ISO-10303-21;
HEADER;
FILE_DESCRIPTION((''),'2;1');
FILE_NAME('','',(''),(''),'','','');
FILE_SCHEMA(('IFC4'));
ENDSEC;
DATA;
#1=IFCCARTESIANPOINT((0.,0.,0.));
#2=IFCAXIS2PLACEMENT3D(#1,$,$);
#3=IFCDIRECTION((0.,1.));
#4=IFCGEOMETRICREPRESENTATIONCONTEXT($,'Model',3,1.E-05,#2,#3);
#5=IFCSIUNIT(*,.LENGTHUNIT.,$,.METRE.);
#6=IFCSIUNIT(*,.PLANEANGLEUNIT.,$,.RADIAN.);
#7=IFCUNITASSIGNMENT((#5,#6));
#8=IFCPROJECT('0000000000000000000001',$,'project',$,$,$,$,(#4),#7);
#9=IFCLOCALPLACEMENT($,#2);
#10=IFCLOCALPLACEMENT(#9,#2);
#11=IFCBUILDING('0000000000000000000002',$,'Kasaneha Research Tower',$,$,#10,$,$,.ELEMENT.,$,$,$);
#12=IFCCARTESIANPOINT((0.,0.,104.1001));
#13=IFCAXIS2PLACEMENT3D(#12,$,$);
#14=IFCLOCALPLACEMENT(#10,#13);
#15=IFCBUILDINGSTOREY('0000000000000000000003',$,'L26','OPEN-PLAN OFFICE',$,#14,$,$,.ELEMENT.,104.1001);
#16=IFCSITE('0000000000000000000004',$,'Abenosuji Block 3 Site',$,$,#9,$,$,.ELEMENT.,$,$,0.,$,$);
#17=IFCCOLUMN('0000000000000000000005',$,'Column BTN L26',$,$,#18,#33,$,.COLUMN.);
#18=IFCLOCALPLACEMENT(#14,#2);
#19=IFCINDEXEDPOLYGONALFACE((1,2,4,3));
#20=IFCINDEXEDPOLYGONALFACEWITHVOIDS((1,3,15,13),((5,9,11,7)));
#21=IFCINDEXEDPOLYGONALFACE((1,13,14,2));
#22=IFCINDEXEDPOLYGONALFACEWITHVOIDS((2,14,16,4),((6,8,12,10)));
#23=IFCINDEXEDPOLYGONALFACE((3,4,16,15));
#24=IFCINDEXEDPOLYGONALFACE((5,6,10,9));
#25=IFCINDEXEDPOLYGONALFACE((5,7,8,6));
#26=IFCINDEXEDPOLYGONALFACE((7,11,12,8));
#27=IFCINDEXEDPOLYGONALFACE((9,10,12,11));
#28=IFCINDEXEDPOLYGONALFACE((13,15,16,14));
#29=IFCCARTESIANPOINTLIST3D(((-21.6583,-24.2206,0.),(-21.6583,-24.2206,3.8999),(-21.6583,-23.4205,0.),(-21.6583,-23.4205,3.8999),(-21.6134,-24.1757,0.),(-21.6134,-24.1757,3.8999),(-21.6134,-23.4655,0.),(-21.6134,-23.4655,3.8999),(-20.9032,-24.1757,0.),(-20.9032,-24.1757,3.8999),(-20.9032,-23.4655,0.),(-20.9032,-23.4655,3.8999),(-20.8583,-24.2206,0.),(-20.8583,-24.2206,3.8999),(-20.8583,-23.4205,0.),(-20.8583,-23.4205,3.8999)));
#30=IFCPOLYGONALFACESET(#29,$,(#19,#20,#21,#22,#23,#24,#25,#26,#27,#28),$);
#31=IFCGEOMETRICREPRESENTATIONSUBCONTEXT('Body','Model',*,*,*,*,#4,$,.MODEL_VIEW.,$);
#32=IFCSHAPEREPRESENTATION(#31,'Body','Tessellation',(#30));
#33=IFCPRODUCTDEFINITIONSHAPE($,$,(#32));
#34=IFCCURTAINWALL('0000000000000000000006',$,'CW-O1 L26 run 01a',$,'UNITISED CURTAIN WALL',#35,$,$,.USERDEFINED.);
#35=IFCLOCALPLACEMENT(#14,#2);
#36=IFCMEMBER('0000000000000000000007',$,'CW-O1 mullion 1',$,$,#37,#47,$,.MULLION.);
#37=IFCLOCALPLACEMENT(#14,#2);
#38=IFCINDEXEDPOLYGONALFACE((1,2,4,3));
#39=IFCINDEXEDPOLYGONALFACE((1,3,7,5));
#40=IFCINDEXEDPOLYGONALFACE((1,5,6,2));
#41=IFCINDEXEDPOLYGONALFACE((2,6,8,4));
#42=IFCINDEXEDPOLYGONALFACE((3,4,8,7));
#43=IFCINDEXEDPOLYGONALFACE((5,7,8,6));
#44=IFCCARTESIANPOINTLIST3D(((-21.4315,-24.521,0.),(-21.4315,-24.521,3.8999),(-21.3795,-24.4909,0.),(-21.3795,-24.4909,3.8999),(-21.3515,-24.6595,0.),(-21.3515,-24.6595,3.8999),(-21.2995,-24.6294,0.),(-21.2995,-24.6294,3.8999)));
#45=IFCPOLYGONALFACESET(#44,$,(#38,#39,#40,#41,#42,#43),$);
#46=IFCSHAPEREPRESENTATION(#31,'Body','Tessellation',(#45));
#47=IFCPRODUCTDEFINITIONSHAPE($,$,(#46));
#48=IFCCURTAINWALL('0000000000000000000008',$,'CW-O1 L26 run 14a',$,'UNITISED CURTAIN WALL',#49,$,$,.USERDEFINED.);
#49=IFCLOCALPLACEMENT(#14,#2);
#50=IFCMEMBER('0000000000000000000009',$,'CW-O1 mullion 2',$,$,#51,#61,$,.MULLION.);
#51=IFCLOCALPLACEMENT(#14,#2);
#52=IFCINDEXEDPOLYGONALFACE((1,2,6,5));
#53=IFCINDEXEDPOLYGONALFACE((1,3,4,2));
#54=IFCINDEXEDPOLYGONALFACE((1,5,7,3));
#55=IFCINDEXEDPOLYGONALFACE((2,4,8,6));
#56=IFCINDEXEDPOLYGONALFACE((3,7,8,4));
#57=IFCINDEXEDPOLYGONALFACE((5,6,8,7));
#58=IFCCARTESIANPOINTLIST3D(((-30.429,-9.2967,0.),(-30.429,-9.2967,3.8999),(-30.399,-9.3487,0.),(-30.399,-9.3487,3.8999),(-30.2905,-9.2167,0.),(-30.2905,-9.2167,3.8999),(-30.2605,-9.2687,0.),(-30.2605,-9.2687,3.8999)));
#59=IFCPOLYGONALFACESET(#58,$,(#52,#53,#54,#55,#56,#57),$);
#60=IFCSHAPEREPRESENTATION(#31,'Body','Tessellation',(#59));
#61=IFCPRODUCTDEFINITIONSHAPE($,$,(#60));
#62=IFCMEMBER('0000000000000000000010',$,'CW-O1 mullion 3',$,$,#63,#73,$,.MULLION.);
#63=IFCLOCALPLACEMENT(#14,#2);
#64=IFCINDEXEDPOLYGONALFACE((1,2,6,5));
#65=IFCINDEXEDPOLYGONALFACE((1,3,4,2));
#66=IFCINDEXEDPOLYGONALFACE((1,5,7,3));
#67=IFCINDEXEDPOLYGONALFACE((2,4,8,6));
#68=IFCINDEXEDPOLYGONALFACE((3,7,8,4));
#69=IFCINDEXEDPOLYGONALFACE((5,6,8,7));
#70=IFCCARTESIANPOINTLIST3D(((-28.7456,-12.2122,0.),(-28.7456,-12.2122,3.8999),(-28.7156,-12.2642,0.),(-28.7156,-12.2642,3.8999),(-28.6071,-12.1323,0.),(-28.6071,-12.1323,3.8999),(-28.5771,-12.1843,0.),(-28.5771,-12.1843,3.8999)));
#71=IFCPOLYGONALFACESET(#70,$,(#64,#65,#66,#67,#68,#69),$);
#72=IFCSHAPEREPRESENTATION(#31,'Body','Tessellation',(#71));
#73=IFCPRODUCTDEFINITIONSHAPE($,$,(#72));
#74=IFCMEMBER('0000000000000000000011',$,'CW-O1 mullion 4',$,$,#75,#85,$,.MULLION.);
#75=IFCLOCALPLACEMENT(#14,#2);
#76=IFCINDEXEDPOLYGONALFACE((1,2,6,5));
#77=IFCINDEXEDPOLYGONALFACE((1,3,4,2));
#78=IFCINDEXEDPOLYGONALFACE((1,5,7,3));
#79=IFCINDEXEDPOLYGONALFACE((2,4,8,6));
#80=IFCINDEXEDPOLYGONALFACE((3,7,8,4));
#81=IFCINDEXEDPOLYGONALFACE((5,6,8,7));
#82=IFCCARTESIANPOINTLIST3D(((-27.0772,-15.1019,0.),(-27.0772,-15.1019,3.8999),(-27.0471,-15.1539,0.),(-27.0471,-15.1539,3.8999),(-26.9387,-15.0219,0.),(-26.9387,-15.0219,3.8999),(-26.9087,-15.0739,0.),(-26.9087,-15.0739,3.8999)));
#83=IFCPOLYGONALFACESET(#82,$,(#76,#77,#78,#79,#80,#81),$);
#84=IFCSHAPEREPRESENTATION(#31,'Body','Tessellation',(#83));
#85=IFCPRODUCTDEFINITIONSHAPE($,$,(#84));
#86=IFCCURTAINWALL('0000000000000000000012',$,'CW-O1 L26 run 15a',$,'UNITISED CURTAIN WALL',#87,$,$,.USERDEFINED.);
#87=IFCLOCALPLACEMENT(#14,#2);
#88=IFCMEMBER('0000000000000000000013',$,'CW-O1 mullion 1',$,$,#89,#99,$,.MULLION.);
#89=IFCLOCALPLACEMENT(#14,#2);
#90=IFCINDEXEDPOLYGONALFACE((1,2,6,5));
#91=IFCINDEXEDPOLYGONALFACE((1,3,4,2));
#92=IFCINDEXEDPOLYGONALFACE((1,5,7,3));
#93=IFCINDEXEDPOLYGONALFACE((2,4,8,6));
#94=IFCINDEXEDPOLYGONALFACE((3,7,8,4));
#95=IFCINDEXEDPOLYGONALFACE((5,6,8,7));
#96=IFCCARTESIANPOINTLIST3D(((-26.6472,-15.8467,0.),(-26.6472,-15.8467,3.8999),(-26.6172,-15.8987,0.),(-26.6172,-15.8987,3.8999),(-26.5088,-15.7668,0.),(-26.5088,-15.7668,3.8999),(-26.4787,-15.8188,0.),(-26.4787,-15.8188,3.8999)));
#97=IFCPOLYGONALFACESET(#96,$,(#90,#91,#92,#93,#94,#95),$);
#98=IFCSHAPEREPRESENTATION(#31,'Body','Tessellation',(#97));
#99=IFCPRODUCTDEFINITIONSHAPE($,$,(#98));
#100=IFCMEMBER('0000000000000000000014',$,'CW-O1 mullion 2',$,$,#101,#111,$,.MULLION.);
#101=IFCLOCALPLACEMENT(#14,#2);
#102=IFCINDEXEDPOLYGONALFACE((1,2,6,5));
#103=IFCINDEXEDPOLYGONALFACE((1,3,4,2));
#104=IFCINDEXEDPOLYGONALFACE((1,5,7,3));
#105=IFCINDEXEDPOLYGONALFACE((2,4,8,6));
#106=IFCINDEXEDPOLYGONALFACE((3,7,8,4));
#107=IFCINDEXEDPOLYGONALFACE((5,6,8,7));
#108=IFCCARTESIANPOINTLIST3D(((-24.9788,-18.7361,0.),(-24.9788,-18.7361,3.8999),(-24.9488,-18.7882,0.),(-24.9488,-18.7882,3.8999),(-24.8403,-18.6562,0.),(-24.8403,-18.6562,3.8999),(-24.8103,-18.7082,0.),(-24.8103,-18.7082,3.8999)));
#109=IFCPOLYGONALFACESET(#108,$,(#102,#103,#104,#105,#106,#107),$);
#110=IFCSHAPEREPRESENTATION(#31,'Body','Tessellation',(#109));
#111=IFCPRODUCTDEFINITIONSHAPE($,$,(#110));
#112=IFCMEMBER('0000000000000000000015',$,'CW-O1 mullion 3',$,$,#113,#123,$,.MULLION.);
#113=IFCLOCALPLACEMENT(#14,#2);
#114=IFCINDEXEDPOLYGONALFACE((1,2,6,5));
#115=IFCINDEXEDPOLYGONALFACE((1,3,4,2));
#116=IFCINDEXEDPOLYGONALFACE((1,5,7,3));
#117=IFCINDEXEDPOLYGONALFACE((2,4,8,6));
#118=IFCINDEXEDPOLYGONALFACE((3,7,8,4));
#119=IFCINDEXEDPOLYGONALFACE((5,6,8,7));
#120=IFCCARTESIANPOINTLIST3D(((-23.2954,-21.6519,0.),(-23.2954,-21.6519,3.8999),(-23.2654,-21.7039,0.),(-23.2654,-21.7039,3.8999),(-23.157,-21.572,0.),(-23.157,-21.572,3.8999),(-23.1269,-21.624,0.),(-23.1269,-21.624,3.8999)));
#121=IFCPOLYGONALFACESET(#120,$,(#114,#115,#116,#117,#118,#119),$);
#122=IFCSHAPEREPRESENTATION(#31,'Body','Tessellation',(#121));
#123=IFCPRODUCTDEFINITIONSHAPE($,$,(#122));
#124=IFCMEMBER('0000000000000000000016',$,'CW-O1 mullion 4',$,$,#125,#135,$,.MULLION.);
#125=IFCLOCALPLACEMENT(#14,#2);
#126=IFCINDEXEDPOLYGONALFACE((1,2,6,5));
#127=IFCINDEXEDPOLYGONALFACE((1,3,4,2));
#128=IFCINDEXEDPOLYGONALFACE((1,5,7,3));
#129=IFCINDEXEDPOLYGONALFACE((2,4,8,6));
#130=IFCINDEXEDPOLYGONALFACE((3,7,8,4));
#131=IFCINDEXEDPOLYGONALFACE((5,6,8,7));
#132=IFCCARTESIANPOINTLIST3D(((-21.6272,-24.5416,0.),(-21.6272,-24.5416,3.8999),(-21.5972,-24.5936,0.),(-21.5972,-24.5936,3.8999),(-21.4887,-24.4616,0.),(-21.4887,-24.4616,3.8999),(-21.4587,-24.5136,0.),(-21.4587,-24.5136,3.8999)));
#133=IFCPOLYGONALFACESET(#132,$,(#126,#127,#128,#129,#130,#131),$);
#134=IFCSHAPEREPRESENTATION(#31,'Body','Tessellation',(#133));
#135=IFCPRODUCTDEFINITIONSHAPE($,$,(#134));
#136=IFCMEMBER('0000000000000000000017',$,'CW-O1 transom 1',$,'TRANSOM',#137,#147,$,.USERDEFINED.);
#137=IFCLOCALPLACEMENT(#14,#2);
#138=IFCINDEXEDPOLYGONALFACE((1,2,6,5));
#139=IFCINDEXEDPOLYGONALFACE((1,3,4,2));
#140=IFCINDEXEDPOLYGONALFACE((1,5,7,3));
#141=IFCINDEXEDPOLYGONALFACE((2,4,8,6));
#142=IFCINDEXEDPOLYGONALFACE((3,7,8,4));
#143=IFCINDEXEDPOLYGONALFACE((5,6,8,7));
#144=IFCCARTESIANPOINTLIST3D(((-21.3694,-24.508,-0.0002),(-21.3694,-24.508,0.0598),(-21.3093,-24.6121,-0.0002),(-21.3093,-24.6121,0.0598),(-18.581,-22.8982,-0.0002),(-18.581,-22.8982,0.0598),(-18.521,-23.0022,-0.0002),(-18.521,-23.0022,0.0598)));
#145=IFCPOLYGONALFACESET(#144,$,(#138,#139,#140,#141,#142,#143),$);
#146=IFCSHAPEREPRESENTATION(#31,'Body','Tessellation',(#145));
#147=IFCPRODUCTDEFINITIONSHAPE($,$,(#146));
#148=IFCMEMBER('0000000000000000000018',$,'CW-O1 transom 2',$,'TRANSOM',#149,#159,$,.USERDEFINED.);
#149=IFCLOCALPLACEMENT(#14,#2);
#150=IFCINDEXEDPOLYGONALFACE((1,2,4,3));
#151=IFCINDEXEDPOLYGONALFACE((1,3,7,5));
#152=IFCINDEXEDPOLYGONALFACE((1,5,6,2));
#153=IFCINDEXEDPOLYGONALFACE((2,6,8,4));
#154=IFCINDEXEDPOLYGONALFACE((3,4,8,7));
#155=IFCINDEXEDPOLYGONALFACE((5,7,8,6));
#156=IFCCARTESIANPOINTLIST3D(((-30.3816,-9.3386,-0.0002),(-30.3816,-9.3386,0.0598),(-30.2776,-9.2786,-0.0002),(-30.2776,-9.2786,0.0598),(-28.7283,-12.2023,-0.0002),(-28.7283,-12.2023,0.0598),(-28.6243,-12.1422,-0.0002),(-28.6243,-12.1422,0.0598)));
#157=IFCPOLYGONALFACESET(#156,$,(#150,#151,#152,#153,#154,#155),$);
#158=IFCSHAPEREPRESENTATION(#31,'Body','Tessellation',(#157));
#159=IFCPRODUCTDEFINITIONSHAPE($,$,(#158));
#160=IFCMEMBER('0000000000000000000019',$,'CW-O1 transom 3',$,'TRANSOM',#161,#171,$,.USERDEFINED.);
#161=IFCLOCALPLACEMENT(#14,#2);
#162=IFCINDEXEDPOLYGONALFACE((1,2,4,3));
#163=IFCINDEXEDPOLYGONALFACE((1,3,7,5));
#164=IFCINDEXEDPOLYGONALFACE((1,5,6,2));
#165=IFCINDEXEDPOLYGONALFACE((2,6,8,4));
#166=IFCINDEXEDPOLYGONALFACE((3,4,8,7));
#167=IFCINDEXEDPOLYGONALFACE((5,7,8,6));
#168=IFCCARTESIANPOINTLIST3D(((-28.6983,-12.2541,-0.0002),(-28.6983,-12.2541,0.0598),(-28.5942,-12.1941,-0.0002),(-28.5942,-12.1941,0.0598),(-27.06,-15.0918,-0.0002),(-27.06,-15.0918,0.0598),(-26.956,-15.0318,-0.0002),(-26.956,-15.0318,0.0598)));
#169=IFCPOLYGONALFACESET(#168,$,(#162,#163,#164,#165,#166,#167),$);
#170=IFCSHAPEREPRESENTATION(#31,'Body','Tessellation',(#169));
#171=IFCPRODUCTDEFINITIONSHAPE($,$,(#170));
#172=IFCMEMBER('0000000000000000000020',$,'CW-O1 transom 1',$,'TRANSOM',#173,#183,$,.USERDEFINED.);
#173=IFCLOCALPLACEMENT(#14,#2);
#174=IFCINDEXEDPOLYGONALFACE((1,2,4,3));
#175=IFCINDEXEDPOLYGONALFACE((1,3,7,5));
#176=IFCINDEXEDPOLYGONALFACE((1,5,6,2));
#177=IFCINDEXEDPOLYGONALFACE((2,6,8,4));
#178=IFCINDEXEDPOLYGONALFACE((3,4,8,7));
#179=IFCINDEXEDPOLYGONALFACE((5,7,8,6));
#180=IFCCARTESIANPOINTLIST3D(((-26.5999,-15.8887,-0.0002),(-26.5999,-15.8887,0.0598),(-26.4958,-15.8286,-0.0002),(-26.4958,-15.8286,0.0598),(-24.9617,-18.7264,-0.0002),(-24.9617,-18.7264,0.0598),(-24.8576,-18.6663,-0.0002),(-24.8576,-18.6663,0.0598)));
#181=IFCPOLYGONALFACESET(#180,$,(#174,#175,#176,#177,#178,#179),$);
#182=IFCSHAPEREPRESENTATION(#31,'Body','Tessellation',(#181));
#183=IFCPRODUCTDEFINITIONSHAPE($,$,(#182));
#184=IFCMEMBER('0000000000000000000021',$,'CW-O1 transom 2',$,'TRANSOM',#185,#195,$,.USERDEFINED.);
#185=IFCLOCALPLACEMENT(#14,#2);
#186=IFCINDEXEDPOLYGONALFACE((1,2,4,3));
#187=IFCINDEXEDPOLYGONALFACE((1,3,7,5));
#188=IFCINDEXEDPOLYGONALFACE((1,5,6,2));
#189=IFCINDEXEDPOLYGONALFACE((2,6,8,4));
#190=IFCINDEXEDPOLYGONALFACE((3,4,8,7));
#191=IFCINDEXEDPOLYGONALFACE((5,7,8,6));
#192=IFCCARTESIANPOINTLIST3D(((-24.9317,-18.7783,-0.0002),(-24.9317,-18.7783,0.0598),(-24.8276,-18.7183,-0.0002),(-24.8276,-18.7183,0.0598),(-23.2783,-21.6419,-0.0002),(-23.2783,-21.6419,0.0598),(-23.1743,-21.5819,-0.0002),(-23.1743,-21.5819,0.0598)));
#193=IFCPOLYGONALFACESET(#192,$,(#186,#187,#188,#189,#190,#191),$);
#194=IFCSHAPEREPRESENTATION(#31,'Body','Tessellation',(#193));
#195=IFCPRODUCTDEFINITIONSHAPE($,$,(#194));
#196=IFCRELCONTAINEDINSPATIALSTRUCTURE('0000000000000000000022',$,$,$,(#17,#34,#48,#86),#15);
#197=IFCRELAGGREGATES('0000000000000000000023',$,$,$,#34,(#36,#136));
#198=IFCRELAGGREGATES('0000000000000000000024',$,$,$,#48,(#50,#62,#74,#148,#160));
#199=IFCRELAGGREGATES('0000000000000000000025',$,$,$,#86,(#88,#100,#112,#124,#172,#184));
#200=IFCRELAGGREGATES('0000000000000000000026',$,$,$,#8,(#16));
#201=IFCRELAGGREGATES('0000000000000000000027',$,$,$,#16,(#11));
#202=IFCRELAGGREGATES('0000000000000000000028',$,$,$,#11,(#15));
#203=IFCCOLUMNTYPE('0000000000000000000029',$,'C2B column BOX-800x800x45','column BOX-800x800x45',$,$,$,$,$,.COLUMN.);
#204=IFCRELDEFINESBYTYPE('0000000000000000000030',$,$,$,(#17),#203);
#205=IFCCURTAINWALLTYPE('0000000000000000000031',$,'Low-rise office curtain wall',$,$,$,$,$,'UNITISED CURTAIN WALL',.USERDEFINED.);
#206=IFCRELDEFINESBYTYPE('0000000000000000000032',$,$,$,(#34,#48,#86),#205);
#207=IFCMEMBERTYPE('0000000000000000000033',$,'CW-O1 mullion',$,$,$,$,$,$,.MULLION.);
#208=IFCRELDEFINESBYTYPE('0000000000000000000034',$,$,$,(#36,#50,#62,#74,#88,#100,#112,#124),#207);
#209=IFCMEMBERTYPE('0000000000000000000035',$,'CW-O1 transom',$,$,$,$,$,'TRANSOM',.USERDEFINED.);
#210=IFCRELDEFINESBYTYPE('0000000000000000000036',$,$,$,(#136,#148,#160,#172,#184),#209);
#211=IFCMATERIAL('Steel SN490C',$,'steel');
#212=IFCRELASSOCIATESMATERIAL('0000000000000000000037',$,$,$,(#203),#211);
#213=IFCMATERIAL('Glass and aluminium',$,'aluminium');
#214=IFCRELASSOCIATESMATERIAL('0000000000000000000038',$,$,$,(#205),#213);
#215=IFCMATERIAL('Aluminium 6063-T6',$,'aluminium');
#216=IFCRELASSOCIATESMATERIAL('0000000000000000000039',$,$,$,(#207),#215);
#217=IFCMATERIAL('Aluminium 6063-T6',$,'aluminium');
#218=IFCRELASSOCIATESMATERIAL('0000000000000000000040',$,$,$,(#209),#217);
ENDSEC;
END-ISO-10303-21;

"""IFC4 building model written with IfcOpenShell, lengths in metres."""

from ifc_helpers import new_model, si_unit, direction, frame, origin, origin_2d, place, context, subcontext, project, spatial, rectangle, hollow_rectangle, extrude, material, material_profile, profile_set, type_object, element, aggregate, save


model = new_model("IFC4")

# Units and contexts
model_context = context("Model", 3, precision=1e-05, world=origin(), true_north=direction((0.0, 1.0)))
body_context = subcontext(model_context, "Body", "Model", "MODEL_VIEW")
ifc_project = project(units=[si_unit("LENGTHUNIT", "METRE"), si_unit("PLANEANGLEUNIT", "RADIAN")], contexts=[model_context])

# Site, building, storey
site_placement = place(None, origin())
site = spatial("IfcSite", under=ifc_project, at=site_placement, Name="Abenosuji Block 3 Site", CompositionType="ELEMENT", RefElevation=0.0)
building_placement = place(site_placement, origin())
building = spatial("IfcBuilding", under=site, at=building_placement, Name="Kasaneha Research Tower", CompositionType="ELEMENT")
storey_placement = place(building_placement, frame((0.0, 0.0, 104.1001)))
storey = spatial("IfcBuildingStorey", under=building, at=storey_placement, Name="L26", Description="OPEN-PLAN OFFICE", CompositionType="ELEMENT", Elevation=104.1001)

# Column
ifc_material_1 = material(Name="Steel SN490C", Category="steel")
ifc_material_profile_1 = material_profile(ifc_material_1, hollow_rectangle(XDim=0.8, YDim=0.8, WallThickness=0.0449, at=origin_2d()), Name="BOX-800x800x45")
ifc_profile_set_1 = profile_set([ifc_material_profile_1], Name="Steel SN490C")
column_type = type_object("IfcColumnType", Name="C2B column BOX-800x800x45", Description="column BOX-800x800x45", PredefinedType="COLUMN", material=ifc_profile_set_1)
column_placement = place(storey_placement, frame((-21.2583, -23.8206, 0.0), z_axis=(0.0, 0.0, 1.0), x_axis=(1.0, 0.0, 0.0)))
element("IfcColumn", 1, at=column_placement, inside=storey, type_object=column_type, Name="Column BTN L26", PredefinedType="COLUMN", context=body_context, shape_type="SweptSolid", body=[
    extrude(hollow_rectangle(XDim=0.8, YDim=0.8, WallThickness=0.0449, at=origin_2d()), origin(), (0.0, 0.0, 1.0), 3.8999),
])

# Curtain wall, member
ifc_material_2 = material(Name="Glass and aluminium", Category="aluminium")
curtain_wall_type = type_object("IfcCurtainWallType", Name="Low-rise office curtain wall", ElementType="UNITISED CURTAIN WALL", PredefinedType="USERDEFINED", material=ifc_material_2)
curtain_wall_1_placement = place(storey_placement, origin())
curtain_wall_1 = element("IfcCurtainWall", 2, at=curtain_wall_1_placement, inside=storey, type_object=curtain_wall_type, Name="CW-O1 L26 run 01a", ObjectType="UNITISED CURTAIN WALL", PredefinedType="USERDEFINED")
ifc_material_3 = material(Name="Aluminium 6063-T6", Category="aluminium")
ifc_material_profile_2 = material_profile(ifc_material_3, rectangle(XDim=0.0601, YDim=0.1599, at=origin_2d()), Name="CW-O1 mullion 60x160")
ifc_profile_set_2 = profile_set([ifc_material_profile_2], Name="Aluminium 6063-T6")
member_type_1 = type_object("IfcMemberType", Name="CW-O1 mullion", PredefinedType="MULLION", material=ifc_profile_set_2)
member_1_placement = place(storey_placement, frame((-21.3655, -24.5752, 0.0), z_axis=(0.0, 0.0, 1.0), x_axis=(0.866025, 0.5, 0.0)))
member_1 = element("IfcMember", 3, at=member_1_placement, type_object=member_type_1, Name="CW-O1 mullion 1", PredefinedType="MULLION", context=body_context, shape_type="SweptSolid", body=[
    extrude(rectangle(XDim=0.0601, YDim=0.1599, at=origin_2d()), origin(), (0.0, 0.0, 1.0), 3.8999),
])

# Curtain walls, members
curtain_wall_2_placement = place(storey_placement, origin())
curtain_wall_2 = element("IfcCurtainWall", 4, at=curtain_wall_2_placement, inside=storey, type_object=curtain_wall_type, Name="CW-O1 L26 run 14a", ObjectType="UNITISED CURTAIN WALL", PredefinedType="USERDEFINED")
member_2_placement = place(storey_placement, frame((-30.3447, -9.2827, 0.0), z_axis=(0.0, 0.0, 1.0), x_axis=(0.5, -0.866025, 0.0)))
member_2 = element("IfcMember", 5, at=member_2_placement, type_object=member_type_1, Name="CW-O1 mullion 2", PredefinedType="MULLION", context=body_context, shape_type="SweptSolid", body=[
    extrude(rectangle(XDim=0.0601, YDim=0.1599, at=origin_2d()), origin(), (0.0, 0.0, 1.0), 3.8999),
])
member_3_placement = place(storey_placement, frame((-28.6614, -12.1982, 0.0), z_axis=(0.0, 0.0, 1.0), x_axis=(0.5, -0.866025, 0.0)))
member_3 = element("IfcMember", 6, at=member_3_placement, type_object=member_type_1, Name="CW-O1 mullion 3", PredefinedType="MULLION", context=body_context, shape_type="SweptSolid", body=[
    extrude(rectangle(XDim=0.0601, YDim=0.1599, at=origin_2d()), origin(), (0.0, 0.0, 1.0), 3.8999),
])
member_4_placement = place(storey_placement, frame((-26.9929, -15.0879, 0.0), z_axis=(0.0, 0.0, 1.0), x_axis=(0.5, -0.866025, 0.0)))
member_4 = element("IfcMember", 7, at=member_4_placement, type_object=member_type_1, Name="CW-O1 mullion 4", PredefinedType="MULLION", context=body_context, shape_type="SweptSolid", body=[
    extrude(rectangle(XDim=0.0601, YDim=0.1599, at=origin_2d()), origin(), (0.0, 0.0, 1.0), 3.8999),
])
curtain_wall_3_placement = place(storey_placement, origin())
curtain_wall_3 = element("IfcCurtainWall", 8, at=curtain_wall_3_placement, inside=storey, type_object=curtain_wall_type, Name="CW-O1 L26 run 15a", ObjectType="UNITISED CURTAIN WALL", PredefinedType="USERDEFINED")
member_5_placement = place(storey_placement, frame((-26.563, -15.8328, 0.0), z_axis=(0.0, 0.0, 1.0), x_axis=(0.5, -0.866025, 0.0)))
member_5 = element("IfcMember", 9, at=member_5_placement, type_object=member_type_1, Name="CW-O1 mullion 1", PredefinedType="MULLION", context=body_context, shape_type="SweptSolid", body=[
    extrude(rectangle(XDim=0.0601, YDim=0.1599, at=origin_2d()), origin(), (0.0, 0.0, 1.0), 3.8999),
])
member_6_placement = place(storey_placement, frame((-24.8945, -18.7222, 0.0), z_axis=(0.0, 0.0, 1.0), x_axis=(0.5, -0.866025, 0.0)))
member_6 = element("IfcMember", 10, at=member_6_placement, type_object=member_type_1, Name="CW-O1 mullion 2", PredefinedType="MULLION", context=body_context, shape_type="SweptSolid", body=[
    extrude(rectangle(XDim=0.0601, YDim=0.1599, at=origin_2d()), origin(), (0.0, 0.0, 1.0), 3.8999),
])
member_7_placement = place(storey_placement, frame((-23.2112, -21.6379, 0.0), z_axis=(0.0, 0.0, 1.0), x_axis=(0.5, -0.866025, 0.0)))
member_7 = element("IfcMember", 11, at=member_7_placement, type_object=member_type_1, Name="CW-O1 mullion 3", PredefinedType="MULLION", context=body_context, shape_type="SweptSolid", body=[
    extrude(rectangle(XDim=0.0601, YDim=0.1599, at=origin_2d()), origin(), (0.0, 0.0, 1.0), 3.8999),
])
member_8_placement = place(storey_placement, frame((-21.543, -24.5276, 0.0), z_axis=(0.0, 0.0, 1.0), x_axis=(0.5, -0.866025, 0.0)))
member_8 = element("IfcMember", 12, at=member_8_placement, type_object=member_type_1, Name="CW-O1 mullion 4", PredefinedType="MULLION", context=body_context, shape_type="SweptSolid", body=[
    extrude(rectangle(XDim=0.0601, YDim=0.1599, at=origin_2d()), origin(), (0.0, 0.0, 1.0), 3.8999),
])

# Members
ifc_material_4 = material(Name="Aluminium 6063-T6", Category="aluminium")
ifc_material_profile_3 = material_profile(ifc_material_4, rectangle(XDim=0.1201, YDim=0.0601, at=origin_2d()), Name="CW-O1 transom 120x60")
ifc_profile_set_3 = profile_set([ifc_material_profile_3], Name="Aluminium 6063-T6")
member_type_2 = type_object("IfcMemberType", Name="CW-O1 transom", ElementType="TRANSOM", PredefinedType="USERDEFINED", material=ifc_profile_set_3)
member_9_placement = place(storey_placement, frame((-21.3394, -24.5601, 0.0298), z_axis=(0.866023, 0.500005, 0.0), x_axis=(-0.500005, 0.866023, 0.0)))
member_9 = element("IfcMember", 13, at=member_9_placement, type_object=member_type_2, Name="CW-O1 transom 1", ObjectType="TRANSOM", PredefinedType="USERDEFINED", context=body_context, shape_type="SweptSolid", body=[
    extrude(rectangle(XDim=0.1201, YDim=0.0601, at=origin_2d()), origin(), (0.0, 0.0, 1.0), 3.2197),
])
member_10_placement = place(storey_placement, frame((-30.3296, -9.3086, 0.0298), z_axis=(0.499982, -0.866036, 0.0), x_axis=(0.866036, 0.499982, 0.0)))
member_10 = element("IfcMember", 14, at=member_10_placement, type_object=member_type_2, Name="CW-O1 transom 2", ObjectType="TRANSOM", PredefinedType="USERDEFINED", context=body_context, shape_type="SweptSolid", body=[
    extrude(rectangle(XDim=0.1201, YDim=0.0601, at=origin_2d()), origin(), (0.0, 0.0, 1.0), 3.3066),
])
member_11_placement = place(storey_placement, frame((-28.6462, -12.2241, 0.0298), z_axis=(0.49997, -0.866043, 0.0), x_axis=(0.866043, 0.49997, 0.0)))
member_11 = element("IfcMember", 15, at=member_11_placement, type_object=member_type_2, Name="CW-O1 transom 3", ObjectType="TRANSOM", PredefinedType="USERDEFINED", context=body_context, shape_type="SweptSolid", body=[
    extrude(rectangle(XDim=0.1201, YDim=0.0601, at=origin_2d()), origin(), (0.0, 0.0, 1.0), 3.2766),
])
member_12_placement = place(storey_placement, frame((-26.5479, -15.8586, 0.0298), z_axis=(0.49997, -0.866043, 0.0), x_axis=(0.866043, 0.49997, 0.0)))
member_12 = element("IfcMember", 16, at=member_12_placement, type_object=member_type_2, Name="CW-O1 transom 1", ObjectType="TRANSOM", PredefinedType="USERDEFINED", context=body_context, shape_type="SweptSolid", body=[
    extrude(rectangle(XDim=0.1201, YDim=0.0601, at=origin_2d()), origin(), (0.0, 0.0, 1.0), 3.2766),
])
member_13_placement = place(storey_placement, frame((-24.8796, -18.7483, 0.0298), z_axis=(0.500014, -0.866017, 0.0), x_axis=(0.866017, 0.500014, 0.0)))
member_13 = element("IfcMember", 17, at=member_13_placement, type_object=member_type_2, Name="CW-O1 transom 2", ObjectType="TRANSOM", PredefinedType="USERDEFINED", context=body_context, shape_type="SweptSolid", body=[
    extrude(rectangle(XDim=0.1201, YDim=0.0601, at=origin_2d()), origin(), (0.0, 0.0, 1.0), 3.3066),
])

aggregate(curtain_wall_1, [member_1, member_9])
aggregate(curtain_wall_2, [member_2, member_3, member_4, member_10, member_11])
aggregate(curtain_wall_3, [member_5, member_6, member_7, member_8, member_12, member_13])

save(model, "model.ifc")
